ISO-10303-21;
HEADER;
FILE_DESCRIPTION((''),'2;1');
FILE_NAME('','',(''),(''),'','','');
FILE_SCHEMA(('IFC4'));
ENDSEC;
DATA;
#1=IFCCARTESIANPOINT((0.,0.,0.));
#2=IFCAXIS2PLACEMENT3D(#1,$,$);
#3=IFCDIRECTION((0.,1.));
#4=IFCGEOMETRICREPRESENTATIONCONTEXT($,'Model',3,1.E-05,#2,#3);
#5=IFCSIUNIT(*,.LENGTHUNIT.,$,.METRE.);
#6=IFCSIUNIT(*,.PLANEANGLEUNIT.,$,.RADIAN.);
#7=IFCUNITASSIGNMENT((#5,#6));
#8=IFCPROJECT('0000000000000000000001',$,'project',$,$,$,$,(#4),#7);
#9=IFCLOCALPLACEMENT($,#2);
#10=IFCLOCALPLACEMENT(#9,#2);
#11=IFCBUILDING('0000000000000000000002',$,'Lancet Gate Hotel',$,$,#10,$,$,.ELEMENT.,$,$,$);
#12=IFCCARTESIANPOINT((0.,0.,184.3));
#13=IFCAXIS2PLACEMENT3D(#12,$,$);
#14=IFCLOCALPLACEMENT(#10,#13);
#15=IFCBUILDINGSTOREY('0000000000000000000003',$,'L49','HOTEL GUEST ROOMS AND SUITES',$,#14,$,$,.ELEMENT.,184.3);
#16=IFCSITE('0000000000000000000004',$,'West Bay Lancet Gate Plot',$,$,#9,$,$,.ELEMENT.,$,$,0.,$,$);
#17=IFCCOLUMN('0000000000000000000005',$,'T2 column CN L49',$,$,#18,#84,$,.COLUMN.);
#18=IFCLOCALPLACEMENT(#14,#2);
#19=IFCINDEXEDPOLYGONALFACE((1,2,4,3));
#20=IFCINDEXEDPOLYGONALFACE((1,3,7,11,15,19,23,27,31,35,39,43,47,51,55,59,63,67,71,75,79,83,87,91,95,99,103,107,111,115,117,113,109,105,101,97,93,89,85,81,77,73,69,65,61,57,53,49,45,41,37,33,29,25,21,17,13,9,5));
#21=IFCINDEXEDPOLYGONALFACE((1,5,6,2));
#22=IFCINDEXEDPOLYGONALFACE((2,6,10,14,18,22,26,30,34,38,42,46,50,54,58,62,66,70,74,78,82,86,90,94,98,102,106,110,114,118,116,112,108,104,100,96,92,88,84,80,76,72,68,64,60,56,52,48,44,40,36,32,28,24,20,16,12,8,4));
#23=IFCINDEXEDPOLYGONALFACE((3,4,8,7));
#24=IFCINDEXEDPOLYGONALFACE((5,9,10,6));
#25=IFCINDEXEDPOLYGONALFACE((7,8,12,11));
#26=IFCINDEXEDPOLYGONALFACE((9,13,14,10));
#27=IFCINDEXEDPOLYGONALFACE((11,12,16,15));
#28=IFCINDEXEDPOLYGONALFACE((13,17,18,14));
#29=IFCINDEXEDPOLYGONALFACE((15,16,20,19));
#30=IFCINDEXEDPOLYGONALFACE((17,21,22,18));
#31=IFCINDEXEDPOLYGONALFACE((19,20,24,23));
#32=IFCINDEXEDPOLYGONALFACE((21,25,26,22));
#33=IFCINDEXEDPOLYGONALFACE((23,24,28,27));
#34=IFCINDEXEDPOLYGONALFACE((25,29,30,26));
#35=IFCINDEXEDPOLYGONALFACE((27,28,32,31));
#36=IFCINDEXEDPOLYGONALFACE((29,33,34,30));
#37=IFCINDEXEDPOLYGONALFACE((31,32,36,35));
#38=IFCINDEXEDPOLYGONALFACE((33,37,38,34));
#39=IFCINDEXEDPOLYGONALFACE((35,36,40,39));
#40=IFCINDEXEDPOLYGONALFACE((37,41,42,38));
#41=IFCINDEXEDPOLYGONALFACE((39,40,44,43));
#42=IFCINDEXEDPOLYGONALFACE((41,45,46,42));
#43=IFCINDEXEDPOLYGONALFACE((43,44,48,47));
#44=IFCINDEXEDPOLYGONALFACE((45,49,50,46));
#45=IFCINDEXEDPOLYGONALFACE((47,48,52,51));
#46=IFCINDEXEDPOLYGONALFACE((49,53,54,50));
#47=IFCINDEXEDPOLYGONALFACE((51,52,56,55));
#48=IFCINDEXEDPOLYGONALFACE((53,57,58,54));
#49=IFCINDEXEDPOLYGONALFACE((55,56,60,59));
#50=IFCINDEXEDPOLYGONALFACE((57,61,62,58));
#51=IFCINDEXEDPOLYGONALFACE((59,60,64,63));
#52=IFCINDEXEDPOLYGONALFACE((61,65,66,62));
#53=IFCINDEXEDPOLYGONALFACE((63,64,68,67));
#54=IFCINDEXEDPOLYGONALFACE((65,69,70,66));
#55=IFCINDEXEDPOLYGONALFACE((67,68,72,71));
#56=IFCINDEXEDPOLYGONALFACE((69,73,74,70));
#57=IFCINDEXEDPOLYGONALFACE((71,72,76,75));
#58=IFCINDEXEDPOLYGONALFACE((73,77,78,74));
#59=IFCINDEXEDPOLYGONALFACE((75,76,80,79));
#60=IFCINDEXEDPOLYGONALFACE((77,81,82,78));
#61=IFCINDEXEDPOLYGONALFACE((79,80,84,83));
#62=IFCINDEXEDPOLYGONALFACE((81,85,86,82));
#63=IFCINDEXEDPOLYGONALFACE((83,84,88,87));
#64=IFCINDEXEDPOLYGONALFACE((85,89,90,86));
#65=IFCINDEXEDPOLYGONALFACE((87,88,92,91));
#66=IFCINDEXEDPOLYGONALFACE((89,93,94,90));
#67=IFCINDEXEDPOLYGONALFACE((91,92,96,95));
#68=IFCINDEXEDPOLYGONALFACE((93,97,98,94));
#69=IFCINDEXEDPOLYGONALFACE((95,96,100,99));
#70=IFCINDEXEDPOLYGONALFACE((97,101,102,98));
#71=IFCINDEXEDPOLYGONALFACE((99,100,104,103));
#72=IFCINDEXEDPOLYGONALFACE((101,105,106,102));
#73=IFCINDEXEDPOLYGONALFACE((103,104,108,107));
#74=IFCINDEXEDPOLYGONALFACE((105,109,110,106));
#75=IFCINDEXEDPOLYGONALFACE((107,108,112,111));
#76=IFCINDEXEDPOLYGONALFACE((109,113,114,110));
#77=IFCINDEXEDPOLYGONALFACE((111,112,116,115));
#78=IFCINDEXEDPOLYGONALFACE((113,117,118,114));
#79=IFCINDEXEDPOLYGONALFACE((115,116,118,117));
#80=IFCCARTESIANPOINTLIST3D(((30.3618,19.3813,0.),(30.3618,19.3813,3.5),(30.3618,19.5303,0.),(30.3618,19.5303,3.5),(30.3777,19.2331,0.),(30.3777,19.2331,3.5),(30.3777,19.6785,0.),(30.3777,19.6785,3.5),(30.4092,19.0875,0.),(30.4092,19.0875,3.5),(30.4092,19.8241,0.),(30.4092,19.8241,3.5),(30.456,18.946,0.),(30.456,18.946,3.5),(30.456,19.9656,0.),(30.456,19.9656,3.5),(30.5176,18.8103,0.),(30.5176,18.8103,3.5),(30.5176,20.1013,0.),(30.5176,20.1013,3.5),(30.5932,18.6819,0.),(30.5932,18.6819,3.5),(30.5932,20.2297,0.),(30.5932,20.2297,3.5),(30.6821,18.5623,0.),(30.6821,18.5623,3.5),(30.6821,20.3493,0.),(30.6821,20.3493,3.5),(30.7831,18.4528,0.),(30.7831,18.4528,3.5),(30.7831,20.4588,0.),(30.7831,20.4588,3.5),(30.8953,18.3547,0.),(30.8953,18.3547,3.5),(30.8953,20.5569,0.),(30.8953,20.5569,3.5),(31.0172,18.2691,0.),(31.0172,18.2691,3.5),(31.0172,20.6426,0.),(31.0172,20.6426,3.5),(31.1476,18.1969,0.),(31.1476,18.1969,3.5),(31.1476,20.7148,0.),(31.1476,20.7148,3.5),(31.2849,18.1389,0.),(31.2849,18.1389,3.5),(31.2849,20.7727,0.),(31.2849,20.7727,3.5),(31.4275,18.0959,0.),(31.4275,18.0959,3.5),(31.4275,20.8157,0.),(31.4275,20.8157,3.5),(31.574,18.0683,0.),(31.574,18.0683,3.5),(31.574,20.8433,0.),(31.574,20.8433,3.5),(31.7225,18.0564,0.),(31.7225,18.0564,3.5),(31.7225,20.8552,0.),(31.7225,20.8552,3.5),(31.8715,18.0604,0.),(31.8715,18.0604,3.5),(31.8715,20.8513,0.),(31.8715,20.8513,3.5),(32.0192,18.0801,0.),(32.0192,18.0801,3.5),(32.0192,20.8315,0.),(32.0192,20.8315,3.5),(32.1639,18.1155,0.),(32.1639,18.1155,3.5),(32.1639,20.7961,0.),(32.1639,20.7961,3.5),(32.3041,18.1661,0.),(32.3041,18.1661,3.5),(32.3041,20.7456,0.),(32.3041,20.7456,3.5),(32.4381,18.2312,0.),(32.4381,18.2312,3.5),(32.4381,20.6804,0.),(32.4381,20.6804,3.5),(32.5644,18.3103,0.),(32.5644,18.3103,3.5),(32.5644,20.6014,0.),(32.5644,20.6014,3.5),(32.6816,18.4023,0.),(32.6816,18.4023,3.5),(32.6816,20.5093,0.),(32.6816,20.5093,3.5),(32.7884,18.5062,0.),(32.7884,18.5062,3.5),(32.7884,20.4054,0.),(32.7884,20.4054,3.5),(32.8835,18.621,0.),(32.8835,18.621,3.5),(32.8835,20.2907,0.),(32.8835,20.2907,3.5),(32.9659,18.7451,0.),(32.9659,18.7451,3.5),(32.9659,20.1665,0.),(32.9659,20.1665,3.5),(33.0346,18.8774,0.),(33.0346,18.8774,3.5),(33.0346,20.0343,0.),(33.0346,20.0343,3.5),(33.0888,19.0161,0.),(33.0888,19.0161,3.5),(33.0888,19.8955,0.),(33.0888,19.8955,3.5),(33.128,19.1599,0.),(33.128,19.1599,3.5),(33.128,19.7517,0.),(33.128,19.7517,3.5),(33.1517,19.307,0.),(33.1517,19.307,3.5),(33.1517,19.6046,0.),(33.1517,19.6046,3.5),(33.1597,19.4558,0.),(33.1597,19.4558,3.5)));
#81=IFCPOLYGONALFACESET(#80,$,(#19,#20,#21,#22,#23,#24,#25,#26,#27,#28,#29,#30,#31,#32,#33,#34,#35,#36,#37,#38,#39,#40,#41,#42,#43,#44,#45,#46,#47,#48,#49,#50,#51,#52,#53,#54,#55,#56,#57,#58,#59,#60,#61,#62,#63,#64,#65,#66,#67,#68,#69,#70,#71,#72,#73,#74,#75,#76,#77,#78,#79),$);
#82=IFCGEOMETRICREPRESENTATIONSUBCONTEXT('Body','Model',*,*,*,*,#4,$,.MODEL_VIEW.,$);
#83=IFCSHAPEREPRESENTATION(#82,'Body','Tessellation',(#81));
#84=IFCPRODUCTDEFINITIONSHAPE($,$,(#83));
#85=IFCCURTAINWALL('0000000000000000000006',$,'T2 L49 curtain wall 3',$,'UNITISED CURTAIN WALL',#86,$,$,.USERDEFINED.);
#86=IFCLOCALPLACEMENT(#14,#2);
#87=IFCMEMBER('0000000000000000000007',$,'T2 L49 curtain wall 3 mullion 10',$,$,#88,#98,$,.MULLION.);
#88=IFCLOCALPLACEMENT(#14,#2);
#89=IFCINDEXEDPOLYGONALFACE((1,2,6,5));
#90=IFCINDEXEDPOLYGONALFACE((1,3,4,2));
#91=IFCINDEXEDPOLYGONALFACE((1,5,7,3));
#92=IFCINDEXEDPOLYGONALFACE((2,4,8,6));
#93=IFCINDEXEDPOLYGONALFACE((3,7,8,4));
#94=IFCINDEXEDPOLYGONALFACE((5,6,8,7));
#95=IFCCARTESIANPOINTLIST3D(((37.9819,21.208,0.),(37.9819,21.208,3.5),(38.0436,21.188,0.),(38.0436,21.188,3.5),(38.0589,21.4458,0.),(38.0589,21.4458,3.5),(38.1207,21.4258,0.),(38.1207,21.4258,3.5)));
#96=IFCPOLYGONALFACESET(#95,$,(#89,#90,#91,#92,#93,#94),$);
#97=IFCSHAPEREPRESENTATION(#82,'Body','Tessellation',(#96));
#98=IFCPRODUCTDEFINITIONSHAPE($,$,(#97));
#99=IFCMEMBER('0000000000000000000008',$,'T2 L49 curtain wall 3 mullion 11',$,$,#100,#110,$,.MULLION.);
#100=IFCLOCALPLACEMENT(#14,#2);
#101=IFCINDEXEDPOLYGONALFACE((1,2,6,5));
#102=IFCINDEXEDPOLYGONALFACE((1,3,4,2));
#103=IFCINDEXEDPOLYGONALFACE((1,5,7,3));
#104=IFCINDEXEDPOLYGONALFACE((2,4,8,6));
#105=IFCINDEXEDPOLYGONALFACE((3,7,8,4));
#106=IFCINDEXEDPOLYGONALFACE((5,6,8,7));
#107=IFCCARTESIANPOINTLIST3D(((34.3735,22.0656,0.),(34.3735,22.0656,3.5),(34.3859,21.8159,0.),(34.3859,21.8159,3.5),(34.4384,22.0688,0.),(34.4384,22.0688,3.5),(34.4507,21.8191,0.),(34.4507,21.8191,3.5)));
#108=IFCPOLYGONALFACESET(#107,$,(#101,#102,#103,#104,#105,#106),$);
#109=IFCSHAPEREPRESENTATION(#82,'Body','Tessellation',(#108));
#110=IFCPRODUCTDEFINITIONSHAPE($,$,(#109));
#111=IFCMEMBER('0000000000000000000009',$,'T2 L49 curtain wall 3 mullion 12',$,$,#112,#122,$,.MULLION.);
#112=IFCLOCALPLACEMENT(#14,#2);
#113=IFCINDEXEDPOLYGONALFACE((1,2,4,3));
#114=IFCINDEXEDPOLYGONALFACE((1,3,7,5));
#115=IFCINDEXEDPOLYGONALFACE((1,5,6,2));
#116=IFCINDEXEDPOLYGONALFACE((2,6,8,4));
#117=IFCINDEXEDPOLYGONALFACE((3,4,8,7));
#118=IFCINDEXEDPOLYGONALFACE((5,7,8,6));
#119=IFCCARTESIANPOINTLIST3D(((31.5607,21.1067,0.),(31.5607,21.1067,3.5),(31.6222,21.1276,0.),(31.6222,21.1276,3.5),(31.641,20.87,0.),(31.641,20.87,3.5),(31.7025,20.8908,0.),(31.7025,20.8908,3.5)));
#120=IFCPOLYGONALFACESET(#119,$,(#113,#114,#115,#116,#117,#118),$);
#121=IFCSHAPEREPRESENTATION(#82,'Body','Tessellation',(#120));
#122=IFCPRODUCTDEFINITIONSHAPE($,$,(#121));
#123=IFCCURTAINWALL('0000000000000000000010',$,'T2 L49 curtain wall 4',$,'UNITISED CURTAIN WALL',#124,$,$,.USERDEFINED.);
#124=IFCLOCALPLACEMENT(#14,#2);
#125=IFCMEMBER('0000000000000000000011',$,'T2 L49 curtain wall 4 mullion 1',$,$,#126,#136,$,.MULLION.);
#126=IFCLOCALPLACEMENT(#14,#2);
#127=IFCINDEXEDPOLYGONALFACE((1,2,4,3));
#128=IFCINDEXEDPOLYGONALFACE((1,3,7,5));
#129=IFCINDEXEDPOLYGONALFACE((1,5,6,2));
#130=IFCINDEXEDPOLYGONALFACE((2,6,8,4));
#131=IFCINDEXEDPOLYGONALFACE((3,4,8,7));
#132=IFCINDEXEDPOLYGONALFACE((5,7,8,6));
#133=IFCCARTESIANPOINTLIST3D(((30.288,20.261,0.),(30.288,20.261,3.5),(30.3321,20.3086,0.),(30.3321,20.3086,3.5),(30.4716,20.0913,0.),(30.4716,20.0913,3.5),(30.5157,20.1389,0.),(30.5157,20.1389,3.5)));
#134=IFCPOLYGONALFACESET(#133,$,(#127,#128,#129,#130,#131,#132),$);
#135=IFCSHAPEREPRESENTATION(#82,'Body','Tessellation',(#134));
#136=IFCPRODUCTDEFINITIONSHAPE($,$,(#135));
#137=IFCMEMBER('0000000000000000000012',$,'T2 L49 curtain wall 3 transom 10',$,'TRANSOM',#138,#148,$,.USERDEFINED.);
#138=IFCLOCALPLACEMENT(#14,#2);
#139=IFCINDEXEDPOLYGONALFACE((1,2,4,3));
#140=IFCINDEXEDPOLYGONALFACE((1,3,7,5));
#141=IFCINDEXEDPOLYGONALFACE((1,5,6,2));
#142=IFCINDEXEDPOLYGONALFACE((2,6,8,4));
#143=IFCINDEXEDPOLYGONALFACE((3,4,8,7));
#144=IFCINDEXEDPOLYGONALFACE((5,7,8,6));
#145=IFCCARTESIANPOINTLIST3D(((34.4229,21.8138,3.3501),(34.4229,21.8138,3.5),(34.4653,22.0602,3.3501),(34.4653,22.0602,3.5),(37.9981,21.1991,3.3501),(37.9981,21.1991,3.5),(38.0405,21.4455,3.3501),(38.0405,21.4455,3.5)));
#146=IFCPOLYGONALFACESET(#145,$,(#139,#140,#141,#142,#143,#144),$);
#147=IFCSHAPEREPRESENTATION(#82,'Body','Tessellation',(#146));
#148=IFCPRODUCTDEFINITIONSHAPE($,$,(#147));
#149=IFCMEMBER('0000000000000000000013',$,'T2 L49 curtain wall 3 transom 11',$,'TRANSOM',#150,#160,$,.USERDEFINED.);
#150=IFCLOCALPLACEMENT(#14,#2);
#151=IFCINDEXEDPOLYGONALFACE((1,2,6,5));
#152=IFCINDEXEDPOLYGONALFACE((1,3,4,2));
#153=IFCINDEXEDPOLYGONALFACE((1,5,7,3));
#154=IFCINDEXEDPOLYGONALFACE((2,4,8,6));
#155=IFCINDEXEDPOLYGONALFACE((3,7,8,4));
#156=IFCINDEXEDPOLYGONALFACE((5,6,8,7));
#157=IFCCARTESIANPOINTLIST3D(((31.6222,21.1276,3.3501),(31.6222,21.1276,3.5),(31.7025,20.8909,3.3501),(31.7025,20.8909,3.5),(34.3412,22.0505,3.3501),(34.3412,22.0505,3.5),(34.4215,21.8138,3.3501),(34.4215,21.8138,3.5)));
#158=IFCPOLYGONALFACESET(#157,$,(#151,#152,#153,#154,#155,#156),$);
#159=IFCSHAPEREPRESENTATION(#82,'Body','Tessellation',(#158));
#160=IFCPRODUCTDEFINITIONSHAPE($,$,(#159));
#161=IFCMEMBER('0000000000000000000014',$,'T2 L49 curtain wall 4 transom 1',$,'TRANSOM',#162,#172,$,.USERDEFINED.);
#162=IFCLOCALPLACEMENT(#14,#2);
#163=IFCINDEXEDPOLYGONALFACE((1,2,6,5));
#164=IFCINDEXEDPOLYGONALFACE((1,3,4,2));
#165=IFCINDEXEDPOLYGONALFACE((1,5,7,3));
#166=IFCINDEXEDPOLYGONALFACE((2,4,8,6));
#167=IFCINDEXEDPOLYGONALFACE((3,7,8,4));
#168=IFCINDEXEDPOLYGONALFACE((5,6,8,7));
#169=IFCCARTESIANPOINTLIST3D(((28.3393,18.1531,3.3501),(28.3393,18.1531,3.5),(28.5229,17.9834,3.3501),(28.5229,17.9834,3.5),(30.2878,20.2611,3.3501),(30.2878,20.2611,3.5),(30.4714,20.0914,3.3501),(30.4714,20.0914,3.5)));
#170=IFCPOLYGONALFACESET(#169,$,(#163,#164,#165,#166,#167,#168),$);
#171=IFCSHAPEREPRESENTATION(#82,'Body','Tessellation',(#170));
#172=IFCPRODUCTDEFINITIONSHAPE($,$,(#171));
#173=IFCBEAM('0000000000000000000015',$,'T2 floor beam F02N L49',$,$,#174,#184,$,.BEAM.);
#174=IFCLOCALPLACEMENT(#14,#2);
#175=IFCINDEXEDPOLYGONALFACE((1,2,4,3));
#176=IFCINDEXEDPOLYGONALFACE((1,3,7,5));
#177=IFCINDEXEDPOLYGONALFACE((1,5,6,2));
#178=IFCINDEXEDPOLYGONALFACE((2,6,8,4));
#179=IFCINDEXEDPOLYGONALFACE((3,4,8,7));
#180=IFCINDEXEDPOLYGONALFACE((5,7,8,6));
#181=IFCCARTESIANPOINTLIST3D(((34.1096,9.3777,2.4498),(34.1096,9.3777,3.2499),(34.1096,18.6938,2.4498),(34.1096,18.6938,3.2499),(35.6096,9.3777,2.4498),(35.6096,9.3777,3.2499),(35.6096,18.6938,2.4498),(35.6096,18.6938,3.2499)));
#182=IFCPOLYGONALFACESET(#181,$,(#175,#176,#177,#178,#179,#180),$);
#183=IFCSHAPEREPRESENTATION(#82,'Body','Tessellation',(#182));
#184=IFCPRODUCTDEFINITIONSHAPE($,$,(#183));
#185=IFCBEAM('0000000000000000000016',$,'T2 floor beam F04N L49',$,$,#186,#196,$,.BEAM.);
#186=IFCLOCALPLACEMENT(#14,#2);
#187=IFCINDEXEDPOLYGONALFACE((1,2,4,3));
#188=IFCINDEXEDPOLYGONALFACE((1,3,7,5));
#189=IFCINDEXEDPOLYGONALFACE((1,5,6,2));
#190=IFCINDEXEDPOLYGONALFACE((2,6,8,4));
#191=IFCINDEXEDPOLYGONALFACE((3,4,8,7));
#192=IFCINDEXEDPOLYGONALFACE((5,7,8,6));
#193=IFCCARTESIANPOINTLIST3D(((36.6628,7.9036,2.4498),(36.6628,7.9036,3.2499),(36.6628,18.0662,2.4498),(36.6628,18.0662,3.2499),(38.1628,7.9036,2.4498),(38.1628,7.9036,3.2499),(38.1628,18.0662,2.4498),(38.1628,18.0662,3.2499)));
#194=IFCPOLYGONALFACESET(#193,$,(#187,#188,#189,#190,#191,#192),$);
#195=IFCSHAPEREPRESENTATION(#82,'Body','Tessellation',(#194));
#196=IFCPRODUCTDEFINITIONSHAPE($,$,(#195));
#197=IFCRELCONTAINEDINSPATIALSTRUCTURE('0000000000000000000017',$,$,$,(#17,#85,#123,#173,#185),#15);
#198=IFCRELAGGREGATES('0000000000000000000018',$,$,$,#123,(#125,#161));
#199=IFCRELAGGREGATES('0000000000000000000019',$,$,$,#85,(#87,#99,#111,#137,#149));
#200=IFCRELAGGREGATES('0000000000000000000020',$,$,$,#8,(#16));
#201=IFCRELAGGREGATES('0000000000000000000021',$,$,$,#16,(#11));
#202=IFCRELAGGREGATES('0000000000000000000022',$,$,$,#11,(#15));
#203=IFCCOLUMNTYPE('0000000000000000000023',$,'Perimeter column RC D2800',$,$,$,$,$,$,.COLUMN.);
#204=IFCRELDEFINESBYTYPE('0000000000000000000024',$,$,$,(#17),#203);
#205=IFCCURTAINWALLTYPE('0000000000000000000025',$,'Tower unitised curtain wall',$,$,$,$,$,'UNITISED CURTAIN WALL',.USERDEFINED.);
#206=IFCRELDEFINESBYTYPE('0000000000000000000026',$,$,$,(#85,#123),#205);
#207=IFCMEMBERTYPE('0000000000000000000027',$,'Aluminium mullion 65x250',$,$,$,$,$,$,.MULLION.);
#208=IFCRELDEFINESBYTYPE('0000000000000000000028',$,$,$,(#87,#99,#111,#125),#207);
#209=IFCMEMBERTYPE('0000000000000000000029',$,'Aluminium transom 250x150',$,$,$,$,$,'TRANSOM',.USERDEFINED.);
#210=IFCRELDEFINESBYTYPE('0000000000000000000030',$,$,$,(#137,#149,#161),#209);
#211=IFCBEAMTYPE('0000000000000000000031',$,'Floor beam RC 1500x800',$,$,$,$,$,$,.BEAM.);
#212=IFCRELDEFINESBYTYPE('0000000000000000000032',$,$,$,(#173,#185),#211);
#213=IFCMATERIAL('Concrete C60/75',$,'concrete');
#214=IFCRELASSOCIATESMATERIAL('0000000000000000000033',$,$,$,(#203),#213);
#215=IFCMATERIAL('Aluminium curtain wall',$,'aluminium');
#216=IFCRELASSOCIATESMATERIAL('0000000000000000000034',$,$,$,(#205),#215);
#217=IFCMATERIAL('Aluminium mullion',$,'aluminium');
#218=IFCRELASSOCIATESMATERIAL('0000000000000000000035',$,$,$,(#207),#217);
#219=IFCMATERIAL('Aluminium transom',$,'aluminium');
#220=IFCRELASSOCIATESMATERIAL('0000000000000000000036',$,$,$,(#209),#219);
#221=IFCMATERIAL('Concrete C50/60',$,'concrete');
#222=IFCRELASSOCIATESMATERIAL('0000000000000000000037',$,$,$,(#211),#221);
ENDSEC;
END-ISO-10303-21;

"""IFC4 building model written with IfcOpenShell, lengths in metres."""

from ifc_helpers import new_model, si_unit, direction, frame, origin, origin_2d, place, context, subcontext, project, spatial, rectangle, circle, extrude, material, material_profile, profile_set, type_object, element, aggregate, save


model = new_model("IFC4")

# Units and contexts
model_context = context("Model", 3, precision=1e-05, world=origin(), true_north=direction((0.0, 1.0)))
body_context = subcontext(model_context, "Body", "Model", "MODEL_VIEW")
ifc_project = project(units=[si_unit("LENGTHUNIT", "METRE"), si_unit("PLANEANGLEUNIT", "RADIAN")], contexts=[model_context])

# Site, building, storey
site_placement = place(None, origin())
site = spatial("IfcSite", under=ifc_project, at=site_placement, Name="West Bay Lancet Gate Plot", CompositionType="ELEMENT", RefElevation=0.0)
building_placement = place(site_placement, origin())
building = spatial("IfcBuilding", under=site, at=building_placement, Name="Lancet Gate Hotel", CompositionType="ELEMENT")
storey_placement = place(building_placement, frame((0.0, 0.0, 184.3)))
storey = spatial("IfcBuildingStorey", under=building, at=storey_placement, Name="L49", Description="HOTEL GUEST ROOMS AND SUITES", CompositionType="ELEMENT", Elevation=184.3)

# Column
ifc_material_1 = material(Name="Concrete C60/75", Category="concrete")
ifc_material_profile_1 = material_profile(ifc_material_1, circle(Radius=1.3999, at=origin_2d()), Name="RC D2800")
ifc_profile_set_1 = profile_set([ifc_material_profile_1], Name="Concrete C60/75")
column_type = type_object("IfcColumnType", Name="Perimeter column RC D2800", PredefinedType="COLUMN", material=ifc_profile_set_1)
column_placement = place(storey_placement, frame((31.7598, 19.4558, 0.0), z_axis=(0.0, 0.0, 1.0), x_axis=(1.0, 0.0, 0.0)))
element("IfcColumn", 1, at=column_placement, inside=storey, type_object=column_type, Name="T2 column CN L49", PredefinedType="COLUMN", context=body_context, shape_type="SweptSolid", body=[
    extrude(circle(Radius=1.3999, at=origin_2d()), origin(), (0.0, 0.0, 1.0), 3.5),
])

# Curtain wall, members
ifc_material_2 = material(Name="Aluminium curtain wall", Category="aluminium")
curtain_wall_type = type_object("IfcCurtainWallType", Name="Tower unitised curtain wall", ElementType="UNITISED CURTAIN WALL", PredefinedType="USERDEFINED", material=ifc_material_2)
curtain_wall_1_placement = place(storey_placement, origin())
curtain_wall_1 = element("IfcCurtainWall", 2, at=curtain_wall_1_placement, inside=storey, type_object=curtain_wall_type, Name="T2 L49 curtain wall 3", ObjectType="UNITISED CURTAIN WALL", PredefinedType="USERDEFINED")
ifc_material_3 = material(Name="Aluminium mullion", Category="aluminium")
ifc_material_profile_2 = material_profile(ifc_material_3, rectangle(XDim=0.0649, YDim=0.25, at=origin_2d()), Name="MULLION 65x250")
ifc_profile_set_2 = profile_set([ifc_material_profile_2], Name="Aluminium mullion")
member_type_1 = type_object("IfcMemberType", Name="Aluminium mullion 65x250", PredefinedType="MULLION", material=ifc_profile_set_2)
member_1_placement = place(storey_placement, frame((38.0513, 21.3169, 0.0), z_axis=(0.0, 0.0, 1.0), x_axis=(-0.951355, 0.308095, 0.0)))
member_1 = element("IfcMember", 3, at=member_1_placement, type_object=member_type_1, Name="T2 L49 curtain wall 3 mullion 10", PredefinedType="MULLION", context=body_context, shape_type="SweptSolid", body=[
    extrude(rectangle(XDim=0.0649, YDim=0.25, at=origin_2d()), origin(), (0.0, 0.0, 1.0), 3.5),
])
member_2_placement = place(storey_placement, frame((34.4121, 21.9424, 0.0), z_axis=(0.0, 0.0, 1.0), x_axis=(-0.998776, -0.049471, 0.0)))
member_2 = element("IfcMember", 4, at=member_2_placement, type_object=member_type_1, Name="T2 L49 curtain wall 3 mullion 11", PredefinedType="MULLION", context=body_context, shape_type="SweptSolid", body=[
    extrude(rectangle(XDim=0.0649, YDim=0.25, at=origin_2d()), origin(), (0.0, 0.0, 1.0), 3.5),
])
member_3_placement = place(storey_placement, frame((31.6316, 20.9988, 0.0), z_axis=(0.0, 0.0, 1.0), x_axis=(-0.946952, -0.321374, 0.0)))
member_3 = element("IfcMember", 5, at=member_3_placement, type_object=member_type_1, Name="T2 L49 curtain wall 3 mullion 12", PredefinedType="MULLION", context=body_context, shape_type="SweptSolid", body=[
    extrude(rectangle(XDim=0.0649, YDim=0.25, at=origin_2d()), origin(), (0.0, 0.0, 1.0), 3.5),
])

# Curtain wall, member
curtain_wall_2_placement = place(storey_placement, origin())
curtain_wall_2 = element("IfcCurtainWall", 6, at=curtain_wall_2_placement, inside=storey, type_object=curtain_wall_type, Name="T2 L49 curtain wall 4", ObjectType="UNITISED CURTAIN WALL", PredefinedType="USERDEFINED")
member_4_placement = place(storey_placement, frame((30.4019, 20.2, 0.0), z_axis=(0.0, 0.0, 1.0), x_axis=(-0.678831, -0.734294, 0.0)))
member_4 = element("IfcMember", 7, at=member_4_placement, type_object=member_type_1, Name="T2 L49 curtain wall 4 mullion 1", PredefinedType="MULLION", context=body_context, shape_type="SweptSolid", body=[
    extrude(rectangle(XDim=0.0649, YDim=0.25, at=origin_2d()), origin(), (0.0, 0.0, 1.0), 3.5),
])

# Members
ifc_material_4 = material(Name="Aluminium transom", Category="aluminium")
ifc_material_profile_3 = material_profile(ifc_material_4, rectangle(XDim=0.25, YDim=0.1499, at=origin_2d()), Name="TRANSOM 250x150")
ifc_profile_set_3 = profile_set([ifc_material_profile_3], Name="Aluminium transom")
member_type_2 = type_object("IfcMemberType", Name="Aluminium transom 250x150", ElementType="TRANSOM", PredefinedType="USERDEFINED", material=ifc_profile_set_3)
member_5_placement = place(storey_placement, frame((38.0193, 21.3223, 3.425), z_axis=(-0.985537, 0.169461, 0.0), x_axis=(-0.169461, -0.985537, 0.0)))
member_5 = element("IfcMember", 8, at=member_5_placement, type_object=member_type_2, Name="T2 L49 curtain wall 3 transom 10", ObjectType="TRANSOM", PredefinedType="USERDEFINED", context=body_context, shape_type="SweptSolid", body=[
    extrude(rectangle(XDim=0.25, YDim=0.1499, at=origin_2d()), origin(), (0.0, 0.0, 1.0), 3.6277),
])
member_6_placement = place(storey_placement, frame((34.3813, 21.9321, 3.425), z_axis=(-0.946943, -0.321401, 0.0), x_axis=(0.321401, -0.946943, 0.0)))
member_6 = element("IfcMember", 9, at=member_6_placement, type_object=member_type_2, Name="T2 L49 curtain wall 3 transom 11", ObjectType="TRANSOM", PredefinedType="USERDEFINED", context=body_context, shape_type="SweptSolid", body=[
    extrude(rectangle(XDim=0.25, YDim=0.1499, at=origin_2d()), origin(), (0.0, 0.0, 1.0), 2.8713),
])
member_7_placement = place(storey_placement, frame((30.3796, 20.1763, 3.425), z_axis=(-0.678792, -0.73433, 0.0), x_axis=(0.73433, -0.678792, 0.0)))
member_7 = element("IfcMember", 10, at=member_7_placement, type_object=member_type_2, Name="T2 L49 curtain wall 4 transom 1", ObjectType="TRANSOM", PredefinedType="USERDEFINED", context=body_context, shape_type="SweptSolid", body=[
    extrude(rectangle(XDim=0.25, YDim=0.1499, at=origin_2d()), origin(), (0.0, 0.0, 1.0), 2.8706),
])
aggregate(curtain_wall_2, [member_4, member_7])

# Beams
ifc_material_5 = material(Name="Concrete C50/60", Category="concrete")
ifc_material_profile_4 = material_profile(ifc_material_5, rectangle(XDim=1.5, YDim=0.8, at=origin_2d()), Name="RC 1500x800")
ifc_profile_set_4 = profile_set([ifc_material_profile_4], Name="Concrete C50/60")
beam_type = type_object("IfcBeamType", Name="Floor beam RC 1500x800", PredefinedType="BEAM", material=ifc_profile_set_4)
beam_1_placement = place(storey_placement, frame((34.8596, 9.3777, 2.8499), z_axis=(0.0, 1.0, 0.0), x_axis=(-1.0, 0.0, 0.0)))
element("IfcBeam", 11, at=beam_1_placement, inside=storey, type_object=beam_type, Name="T2 floor beam F02N L49", PredefinedType="BEAM", context=body_context, shape_type="SweptSolid", body=[
    extrude(rectangle(XDim=1.5, YDim=0.8, at=origin_2d()), origin(), (0.0, 0.0, 1.0), 9.3162),
])
beam_2_placement = place(storey_placement, frame((37.4128, 7.9036, 2.8499), z_axis=(0.0, 1.0, 0.0), x_axis=(-1.0, 0.0, 0.0)))
element("IfcBeam", 12, at=beam_2_placement, inside=storey, type_object=beam_type, Name="T2 floor beam F04N L49", PredefinedType="BEAM", context=body_context, shape_type="SweptSolid", body=[
    extrude(rectangle(XDim=1.5, YDim=0.8, at=origin_2d()), origin(), (0.0, 0.0, 1.0), 10.1626),
])

aggregate(curtain_wall_1, [member_1, member_2, member_3, member_5, member_6])

save(model, "model.ifc")
